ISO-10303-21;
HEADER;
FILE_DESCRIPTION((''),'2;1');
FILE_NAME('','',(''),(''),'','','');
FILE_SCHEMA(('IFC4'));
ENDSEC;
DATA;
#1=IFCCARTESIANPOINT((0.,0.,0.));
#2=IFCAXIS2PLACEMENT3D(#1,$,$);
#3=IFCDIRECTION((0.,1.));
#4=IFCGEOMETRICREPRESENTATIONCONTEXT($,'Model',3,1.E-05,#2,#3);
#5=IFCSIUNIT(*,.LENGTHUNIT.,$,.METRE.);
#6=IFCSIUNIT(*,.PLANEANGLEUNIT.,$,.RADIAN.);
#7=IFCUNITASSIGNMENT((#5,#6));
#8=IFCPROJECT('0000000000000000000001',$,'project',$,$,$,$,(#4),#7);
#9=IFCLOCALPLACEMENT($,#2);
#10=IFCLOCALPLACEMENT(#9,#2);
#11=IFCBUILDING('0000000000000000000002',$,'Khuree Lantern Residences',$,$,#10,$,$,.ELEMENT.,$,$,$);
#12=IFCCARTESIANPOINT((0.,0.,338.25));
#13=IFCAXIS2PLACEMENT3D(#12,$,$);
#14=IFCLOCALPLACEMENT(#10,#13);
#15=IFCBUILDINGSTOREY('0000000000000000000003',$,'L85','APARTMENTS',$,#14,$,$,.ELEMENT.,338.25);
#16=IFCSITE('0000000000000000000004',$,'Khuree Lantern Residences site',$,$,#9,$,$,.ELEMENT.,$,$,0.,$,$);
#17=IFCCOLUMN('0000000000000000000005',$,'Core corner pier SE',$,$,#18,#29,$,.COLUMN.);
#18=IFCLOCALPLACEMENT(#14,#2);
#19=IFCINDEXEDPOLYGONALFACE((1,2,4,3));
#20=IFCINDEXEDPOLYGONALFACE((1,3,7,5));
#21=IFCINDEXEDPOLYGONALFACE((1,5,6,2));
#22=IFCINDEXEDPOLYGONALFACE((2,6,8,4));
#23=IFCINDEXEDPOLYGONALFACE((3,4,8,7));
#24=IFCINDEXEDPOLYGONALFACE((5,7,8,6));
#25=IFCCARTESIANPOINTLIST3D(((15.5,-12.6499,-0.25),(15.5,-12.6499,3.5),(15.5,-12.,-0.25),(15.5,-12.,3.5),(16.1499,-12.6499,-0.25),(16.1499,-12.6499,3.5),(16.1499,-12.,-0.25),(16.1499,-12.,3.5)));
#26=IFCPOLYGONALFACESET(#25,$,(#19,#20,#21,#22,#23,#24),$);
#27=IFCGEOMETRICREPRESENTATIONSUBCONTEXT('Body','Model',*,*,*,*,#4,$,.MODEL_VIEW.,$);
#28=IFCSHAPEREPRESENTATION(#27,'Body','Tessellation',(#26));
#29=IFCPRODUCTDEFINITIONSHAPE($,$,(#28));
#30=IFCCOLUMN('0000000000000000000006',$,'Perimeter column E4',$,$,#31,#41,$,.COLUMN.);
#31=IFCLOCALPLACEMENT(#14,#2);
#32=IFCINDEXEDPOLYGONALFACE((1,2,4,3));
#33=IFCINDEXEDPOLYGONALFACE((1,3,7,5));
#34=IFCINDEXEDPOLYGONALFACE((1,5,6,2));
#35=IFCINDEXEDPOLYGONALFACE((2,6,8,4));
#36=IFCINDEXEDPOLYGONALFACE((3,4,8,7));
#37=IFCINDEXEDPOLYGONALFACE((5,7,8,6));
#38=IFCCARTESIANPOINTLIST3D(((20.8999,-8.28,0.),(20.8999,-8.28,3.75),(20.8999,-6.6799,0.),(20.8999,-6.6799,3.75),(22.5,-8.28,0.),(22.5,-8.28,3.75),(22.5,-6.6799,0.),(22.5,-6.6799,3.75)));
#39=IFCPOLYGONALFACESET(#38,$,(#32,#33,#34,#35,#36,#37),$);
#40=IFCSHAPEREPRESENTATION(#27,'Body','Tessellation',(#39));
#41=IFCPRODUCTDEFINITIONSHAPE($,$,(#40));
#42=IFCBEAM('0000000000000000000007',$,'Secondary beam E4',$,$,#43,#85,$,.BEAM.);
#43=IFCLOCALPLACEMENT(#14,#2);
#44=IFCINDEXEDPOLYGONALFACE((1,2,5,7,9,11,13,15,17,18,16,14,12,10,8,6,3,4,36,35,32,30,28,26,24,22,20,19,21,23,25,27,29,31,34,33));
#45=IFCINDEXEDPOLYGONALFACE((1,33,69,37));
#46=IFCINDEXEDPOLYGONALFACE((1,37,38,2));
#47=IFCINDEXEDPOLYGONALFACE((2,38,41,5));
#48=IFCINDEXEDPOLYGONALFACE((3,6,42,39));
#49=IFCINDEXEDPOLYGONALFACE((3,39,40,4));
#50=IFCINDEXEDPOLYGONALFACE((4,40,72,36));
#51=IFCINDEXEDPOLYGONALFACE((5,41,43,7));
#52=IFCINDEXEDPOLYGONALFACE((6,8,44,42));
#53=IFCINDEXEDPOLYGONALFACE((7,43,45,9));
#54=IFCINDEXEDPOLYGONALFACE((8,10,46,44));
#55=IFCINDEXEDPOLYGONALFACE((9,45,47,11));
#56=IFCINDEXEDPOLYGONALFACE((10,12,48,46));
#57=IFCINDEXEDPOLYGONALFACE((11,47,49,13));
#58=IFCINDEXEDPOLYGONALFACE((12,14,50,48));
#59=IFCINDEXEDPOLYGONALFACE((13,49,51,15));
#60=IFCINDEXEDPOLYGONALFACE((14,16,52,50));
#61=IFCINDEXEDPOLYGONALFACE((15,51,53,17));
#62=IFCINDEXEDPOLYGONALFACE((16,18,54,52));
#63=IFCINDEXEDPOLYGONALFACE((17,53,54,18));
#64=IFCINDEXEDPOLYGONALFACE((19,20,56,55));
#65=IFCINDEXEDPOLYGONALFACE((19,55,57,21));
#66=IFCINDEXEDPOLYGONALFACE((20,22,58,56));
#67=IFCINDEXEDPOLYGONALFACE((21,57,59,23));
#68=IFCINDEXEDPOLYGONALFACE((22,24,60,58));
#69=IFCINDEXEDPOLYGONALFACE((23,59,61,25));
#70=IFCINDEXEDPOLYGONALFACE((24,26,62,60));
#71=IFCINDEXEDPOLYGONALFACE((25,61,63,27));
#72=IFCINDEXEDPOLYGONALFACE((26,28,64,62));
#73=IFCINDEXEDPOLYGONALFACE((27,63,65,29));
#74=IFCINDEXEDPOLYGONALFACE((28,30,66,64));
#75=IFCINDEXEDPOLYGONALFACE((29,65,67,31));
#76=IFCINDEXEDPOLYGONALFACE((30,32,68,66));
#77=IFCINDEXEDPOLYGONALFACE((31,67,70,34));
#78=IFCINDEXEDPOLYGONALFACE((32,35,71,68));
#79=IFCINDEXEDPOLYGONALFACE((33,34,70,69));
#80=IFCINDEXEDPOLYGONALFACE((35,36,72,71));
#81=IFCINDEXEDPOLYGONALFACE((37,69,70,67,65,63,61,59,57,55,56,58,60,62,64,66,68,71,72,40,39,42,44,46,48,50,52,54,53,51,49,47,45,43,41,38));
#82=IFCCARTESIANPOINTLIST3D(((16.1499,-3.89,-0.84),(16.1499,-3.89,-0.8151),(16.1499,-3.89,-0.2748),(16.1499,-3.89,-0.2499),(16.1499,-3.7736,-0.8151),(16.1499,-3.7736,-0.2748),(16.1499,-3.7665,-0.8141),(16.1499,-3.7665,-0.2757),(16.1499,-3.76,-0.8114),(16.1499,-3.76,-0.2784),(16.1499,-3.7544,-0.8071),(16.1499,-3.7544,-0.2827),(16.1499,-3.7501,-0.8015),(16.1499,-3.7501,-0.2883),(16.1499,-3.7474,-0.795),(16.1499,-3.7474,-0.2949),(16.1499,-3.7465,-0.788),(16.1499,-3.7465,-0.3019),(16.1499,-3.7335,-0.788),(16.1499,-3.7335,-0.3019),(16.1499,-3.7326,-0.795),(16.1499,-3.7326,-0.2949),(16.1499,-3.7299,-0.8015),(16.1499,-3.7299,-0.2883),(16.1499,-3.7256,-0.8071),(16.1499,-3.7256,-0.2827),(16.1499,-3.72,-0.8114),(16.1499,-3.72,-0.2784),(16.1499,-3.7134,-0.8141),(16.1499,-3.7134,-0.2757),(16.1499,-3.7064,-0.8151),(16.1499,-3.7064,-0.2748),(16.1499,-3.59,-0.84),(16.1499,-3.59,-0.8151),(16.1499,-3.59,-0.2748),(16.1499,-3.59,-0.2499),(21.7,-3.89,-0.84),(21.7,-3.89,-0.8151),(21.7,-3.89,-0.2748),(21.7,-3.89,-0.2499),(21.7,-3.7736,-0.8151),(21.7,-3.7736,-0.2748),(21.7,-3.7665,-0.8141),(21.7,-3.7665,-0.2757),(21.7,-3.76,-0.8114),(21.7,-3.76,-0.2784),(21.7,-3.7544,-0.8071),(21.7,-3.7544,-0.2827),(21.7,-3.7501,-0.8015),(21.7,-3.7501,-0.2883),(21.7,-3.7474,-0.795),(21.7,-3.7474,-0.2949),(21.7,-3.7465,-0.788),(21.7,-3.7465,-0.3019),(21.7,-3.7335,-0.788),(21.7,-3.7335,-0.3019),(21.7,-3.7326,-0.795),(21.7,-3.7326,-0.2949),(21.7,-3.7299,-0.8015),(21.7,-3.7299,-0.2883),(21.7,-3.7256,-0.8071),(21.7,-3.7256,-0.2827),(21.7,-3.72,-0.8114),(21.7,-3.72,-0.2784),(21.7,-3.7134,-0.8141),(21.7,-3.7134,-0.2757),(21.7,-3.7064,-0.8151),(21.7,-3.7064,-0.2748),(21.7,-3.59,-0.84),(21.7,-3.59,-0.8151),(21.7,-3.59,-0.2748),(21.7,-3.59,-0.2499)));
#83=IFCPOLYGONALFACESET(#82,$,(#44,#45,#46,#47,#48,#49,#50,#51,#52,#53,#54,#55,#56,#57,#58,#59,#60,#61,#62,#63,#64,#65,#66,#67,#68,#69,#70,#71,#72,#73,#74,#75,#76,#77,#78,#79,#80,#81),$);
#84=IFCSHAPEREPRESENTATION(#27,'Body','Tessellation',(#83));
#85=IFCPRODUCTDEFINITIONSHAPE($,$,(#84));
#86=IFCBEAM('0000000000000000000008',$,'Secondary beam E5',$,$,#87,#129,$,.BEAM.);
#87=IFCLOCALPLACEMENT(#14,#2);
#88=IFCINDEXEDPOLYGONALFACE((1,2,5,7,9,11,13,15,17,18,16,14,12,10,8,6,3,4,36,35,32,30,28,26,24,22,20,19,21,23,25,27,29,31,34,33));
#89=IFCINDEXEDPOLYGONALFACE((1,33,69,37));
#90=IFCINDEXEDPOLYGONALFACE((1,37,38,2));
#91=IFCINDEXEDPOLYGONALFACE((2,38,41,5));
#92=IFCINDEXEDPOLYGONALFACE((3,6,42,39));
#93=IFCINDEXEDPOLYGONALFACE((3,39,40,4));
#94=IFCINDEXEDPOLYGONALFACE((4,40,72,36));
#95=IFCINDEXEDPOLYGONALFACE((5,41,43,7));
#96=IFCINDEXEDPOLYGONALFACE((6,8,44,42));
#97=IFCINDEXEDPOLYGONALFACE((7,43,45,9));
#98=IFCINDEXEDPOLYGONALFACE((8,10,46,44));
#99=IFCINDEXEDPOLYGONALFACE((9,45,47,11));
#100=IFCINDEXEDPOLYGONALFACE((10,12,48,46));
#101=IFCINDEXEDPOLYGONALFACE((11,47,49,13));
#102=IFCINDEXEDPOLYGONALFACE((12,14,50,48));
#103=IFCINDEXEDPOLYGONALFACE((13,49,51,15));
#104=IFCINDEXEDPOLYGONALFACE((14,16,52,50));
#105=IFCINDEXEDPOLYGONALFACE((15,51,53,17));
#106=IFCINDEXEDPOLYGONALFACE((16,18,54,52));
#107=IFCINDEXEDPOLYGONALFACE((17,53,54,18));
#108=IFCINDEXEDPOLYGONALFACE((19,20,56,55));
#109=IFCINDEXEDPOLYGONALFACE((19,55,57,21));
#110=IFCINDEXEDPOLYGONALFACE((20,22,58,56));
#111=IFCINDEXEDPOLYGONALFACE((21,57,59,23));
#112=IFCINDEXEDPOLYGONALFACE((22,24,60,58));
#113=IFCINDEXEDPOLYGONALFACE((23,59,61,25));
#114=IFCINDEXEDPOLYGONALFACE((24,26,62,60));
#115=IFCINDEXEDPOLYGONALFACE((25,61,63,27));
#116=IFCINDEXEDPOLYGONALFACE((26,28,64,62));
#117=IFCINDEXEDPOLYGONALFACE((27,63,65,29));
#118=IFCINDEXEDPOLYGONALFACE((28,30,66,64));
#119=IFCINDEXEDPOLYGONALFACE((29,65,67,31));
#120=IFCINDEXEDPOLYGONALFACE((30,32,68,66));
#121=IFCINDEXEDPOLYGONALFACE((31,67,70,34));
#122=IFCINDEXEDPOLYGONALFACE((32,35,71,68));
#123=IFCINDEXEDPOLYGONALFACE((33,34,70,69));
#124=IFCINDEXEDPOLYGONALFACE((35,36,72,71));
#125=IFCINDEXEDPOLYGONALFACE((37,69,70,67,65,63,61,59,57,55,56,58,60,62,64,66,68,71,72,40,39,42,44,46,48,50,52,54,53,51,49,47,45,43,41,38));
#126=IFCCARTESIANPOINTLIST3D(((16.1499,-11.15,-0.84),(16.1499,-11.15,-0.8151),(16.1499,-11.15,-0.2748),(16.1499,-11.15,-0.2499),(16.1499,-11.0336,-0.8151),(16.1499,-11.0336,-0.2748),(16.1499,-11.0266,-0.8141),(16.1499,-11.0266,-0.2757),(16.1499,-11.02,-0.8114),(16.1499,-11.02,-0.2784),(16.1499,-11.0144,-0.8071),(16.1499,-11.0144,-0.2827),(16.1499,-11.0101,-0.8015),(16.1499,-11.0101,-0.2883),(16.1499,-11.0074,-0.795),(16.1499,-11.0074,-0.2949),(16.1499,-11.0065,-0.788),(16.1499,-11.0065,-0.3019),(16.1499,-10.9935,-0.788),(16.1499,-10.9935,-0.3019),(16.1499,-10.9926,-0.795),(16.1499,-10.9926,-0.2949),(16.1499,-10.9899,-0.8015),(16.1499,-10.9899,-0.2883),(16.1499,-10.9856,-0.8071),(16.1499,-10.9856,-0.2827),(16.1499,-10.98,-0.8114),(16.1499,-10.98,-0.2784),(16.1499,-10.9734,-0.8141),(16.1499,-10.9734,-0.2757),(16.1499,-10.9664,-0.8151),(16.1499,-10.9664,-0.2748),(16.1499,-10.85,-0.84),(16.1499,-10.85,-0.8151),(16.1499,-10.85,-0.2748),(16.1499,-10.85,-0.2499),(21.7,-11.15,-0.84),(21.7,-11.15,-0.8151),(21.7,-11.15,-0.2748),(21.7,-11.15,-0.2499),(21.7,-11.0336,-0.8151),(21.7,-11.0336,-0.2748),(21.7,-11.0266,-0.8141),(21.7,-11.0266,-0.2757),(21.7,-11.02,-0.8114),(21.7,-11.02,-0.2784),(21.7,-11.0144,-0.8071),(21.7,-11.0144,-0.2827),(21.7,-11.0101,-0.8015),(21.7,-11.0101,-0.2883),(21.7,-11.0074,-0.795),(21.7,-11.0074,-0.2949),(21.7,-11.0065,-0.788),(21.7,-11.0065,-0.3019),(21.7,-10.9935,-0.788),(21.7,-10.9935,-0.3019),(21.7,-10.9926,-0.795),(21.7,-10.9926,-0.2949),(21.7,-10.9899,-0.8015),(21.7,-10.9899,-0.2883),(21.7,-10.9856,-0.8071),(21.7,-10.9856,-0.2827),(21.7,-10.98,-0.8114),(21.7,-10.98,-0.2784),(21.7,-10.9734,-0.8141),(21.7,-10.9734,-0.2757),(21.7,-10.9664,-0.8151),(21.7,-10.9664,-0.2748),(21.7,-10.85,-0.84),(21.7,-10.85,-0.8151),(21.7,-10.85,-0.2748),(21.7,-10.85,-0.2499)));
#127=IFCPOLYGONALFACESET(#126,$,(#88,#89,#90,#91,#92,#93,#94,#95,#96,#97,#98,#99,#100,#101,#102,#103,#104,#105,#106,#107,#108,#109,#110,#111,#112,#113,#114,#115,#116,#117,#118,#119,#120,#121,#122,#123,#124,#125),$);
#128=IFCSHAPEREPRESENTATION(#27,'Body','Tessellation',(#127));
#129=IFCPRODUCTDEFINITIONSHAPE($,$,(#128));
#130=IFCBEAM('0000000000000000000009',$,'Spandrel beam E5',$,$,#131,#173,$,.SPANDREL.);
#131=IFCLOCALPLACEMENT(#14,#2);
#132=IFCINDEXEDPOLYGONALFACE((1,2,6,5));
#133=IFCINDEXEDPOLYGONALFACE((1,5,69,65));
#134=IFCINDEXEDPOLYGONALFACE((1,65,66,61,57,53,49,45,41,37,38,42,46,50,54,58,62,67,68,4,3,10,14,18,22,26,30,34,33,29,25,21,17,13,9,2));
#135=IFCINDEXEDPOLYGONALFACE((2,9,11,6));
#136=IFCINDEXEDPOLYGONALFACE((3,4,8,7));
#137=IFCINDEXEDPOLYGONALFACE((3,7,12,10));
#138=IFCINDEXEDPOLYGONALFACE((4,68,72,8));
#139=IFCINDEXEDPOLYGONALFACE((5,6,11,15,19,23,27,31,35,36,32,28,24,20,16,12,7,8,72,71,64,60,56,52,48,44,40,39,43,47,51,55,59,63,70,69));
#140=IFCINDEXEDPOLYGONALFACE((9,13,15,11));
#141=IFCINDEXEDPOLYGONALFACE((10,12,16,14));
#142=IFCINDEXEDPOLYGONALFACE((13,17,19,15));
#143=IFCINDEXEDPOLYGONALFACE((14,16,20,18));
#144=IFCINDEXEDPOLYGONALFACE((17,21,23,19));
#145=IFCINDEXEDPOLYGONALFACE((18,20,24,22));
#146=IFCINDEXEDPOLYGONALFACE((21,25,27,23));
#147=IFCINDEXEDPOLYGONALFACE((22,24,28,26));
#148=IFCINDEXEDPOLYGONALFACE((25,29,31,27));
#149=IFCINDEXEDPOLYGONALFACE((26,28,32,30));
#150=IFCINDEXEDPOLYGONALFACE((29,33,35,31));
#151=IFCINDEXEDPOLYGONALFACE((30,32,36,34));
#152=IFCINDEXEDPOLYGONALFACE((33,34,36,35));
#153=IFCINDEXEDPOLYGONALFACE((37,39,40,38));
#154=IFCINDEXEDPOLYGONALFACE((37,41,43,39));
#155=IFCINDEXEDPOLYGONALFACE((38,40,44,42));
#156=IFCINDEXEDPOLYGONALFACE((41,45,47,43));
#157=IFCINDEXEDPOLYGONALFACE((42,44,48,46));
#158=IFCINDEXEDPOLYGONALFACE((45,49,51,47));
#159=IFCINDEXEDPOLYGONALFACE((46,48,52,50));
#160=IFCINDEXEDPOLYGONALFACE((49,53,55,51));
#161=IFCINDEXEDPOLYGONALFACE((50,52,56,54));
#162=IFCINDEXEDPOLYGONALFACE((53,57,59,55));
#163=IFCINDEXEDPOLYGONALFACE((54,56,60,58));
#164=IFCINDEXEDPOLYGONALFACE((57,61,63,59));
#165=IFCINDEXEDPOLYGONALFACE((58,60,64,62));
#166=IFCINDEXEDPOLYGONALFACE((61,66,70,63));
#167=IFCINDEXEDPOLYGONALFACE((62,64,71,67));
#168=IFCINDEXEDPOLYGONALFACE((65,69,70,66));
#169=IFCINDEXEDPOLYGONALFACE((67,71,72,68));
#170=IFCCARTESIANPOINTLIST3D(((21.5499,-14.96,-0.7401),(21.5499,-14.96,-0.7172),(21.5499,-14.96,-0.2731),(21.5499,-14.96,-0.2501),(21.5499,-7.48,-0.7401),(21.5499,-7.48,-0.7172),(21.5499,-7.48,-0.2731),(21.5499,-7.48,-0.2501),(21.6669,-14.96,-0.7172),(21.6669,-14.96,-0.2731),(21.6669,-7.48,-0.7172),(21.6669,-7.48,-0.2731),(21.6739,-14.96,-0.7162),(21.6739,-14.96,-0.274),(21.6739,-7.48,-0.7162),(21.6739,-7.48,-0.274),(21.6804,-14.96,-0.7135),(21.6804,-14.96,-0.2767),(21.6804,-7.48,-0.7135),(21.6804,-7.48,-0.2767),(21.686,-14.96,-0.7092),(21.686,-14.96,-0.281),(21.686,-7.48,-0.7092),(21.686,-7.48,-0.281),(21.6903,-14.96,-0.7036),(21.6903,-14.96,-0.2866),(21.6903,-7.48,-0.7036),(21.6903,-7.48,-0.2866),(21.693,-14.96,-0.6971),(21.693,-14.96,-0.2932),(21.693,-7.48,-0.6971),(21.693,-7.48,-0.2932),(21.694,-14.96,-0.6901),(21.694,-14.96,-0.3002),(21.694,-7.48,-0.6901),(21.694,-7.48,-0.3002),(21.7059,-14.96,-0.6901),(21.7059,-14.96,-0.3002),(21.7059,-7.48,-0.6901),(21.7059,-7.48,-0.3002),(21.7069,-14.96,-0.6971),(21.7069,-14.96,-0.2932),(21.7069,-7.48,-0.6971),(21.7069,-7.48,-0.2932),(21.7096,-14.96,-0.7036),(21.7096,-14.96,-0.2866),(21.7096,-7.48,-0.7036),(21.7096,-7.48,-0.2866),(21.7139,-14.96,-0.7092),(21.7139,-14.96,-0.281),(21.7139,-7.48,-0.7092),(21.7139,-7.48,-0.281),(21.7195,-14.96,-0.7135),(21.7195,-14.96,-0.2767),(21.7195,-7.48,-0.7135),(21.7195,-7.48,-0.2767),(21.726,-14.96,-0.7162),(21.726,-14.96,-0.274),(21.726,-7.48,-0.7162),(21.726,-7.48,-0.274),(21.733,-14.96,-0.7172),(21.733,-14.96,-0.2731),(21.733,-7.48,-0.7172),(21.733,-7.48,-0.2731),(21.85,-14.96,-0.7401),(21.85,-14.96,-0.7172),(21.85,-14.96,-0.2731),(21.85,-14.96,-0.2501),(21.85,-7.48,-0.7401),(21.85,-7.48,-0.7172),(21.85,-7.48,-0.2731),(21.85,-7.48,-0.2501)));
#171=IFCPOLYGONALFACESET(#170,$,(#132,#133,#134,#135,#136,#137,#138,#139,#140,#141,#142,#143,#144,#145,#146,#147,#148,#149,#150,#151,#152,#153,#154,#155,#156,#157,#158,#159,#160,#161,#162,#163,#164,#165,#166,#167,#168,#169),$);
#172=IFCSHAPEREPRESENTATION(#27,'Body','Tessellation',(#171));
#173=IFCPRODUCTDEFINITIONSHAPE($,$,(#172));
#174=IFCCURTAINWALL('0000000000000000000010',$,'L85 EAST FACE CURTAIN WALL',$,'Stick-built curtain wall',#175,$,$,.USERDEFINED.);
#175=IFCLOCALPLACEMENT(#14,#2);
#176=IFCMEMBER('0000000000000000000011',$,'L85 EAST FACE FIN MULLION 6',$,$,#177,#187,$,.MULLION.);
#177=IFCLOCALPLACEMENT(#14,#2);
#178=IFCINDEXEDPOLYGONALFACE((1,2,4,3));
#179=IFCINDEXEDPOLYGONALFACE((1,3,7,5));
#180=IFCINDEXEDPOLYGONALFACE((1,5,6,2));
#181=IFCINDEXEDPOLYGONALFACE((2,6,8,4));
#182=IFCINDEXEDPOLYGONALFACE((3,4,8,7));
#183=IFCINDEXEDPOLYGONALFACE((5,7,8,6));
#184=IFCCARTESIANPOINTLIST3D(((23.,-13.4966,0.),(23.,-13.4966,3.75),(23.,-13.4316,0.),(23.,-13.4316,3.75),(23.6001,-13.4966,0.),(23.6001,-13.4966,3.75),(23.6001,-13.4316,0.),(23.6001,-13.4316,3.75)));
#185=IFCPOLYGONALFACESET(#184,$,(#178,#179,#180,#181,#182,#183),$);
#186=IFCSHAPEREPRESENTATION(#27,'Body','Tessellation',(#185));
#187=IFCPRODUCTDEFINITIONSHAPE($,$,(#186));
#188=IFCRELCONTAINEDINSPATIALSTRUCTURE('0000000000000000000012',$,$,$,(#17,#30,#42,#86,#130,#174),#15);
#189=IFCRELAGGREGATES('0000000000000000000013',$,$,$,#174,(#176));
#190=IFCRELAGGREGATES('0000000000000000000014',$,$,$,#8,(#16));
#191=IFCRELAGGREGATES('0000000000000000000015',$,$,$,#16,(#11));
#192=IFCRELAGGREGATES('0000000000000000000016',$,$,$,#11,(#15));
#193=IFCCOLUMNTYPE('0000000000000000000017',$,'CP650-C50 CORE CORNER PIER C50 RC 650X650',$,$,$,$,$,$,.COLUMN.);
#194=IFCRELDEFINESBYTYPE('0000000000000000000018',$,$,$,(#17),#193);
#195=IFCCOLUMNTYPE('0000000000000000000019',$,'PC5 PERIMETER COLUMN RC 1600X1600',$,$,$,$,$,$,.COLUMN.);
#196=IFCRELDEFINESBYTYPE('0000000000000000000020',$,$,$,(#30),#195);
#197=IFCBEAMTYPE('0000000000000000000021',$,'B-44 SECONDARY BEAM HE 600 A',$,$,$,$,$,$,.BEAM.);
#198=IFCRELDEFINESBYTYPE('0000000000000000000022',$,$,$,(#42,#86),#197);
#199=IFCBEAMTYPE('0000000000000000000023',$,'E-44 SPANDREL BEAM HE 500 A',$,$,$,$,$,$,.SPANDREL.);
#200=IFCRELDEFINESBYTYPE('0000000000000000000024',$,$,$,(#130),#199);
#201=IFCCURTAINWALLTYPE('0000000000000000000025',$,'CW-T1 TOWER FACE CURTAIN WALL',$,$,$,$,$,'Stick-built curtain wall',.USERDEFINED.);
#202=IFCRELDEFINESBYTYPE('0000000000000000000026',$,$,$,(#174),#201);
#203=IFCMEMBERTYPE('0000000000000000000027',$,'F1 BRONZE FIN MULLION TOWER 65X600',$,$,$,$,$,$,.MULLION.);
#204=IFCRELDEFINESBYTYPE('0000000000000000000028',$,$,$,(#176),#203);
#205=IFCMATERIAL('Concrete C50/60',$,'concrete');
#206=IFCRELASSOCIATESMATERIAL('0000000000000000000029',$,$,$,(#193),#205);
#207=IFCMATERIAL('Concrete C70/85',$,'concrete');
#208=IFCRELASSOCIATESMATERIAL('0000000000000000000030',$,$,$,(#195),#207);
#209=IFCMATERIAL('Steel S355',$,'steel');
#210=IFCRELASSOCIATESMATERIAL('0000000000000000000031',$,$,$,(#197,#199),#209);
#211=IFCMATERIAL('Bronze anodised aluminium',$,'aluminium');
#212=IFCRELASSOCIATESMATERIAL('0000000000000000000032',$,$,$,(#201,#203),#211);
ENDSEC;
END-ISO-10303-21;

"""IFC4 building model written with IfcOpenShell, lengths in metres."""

from ifc_helpers import new_model, si_unit, direction, frame, origin, origin_2d, place, context, subcontext, project, spatial, rectangle, i_section, extrude, material, material_profile, profile_set, type_object, element, aggregate, save


model = new_model("IFC4")

# Units and contexts
model_context = context("Model", 3, precision=1e-05, world=origin(), true_north=direction((0.0, 1.0)))
body_context = subcontext(model_context, "Body", "Model", "MODEL_VIEW")
ifc_project = project(units=[si_unit("LENGTHUNIT", "METRE"), si_unit("PLANEANGLEUNIT", "RADIAN")], contexts=[model_context])

# Site, building, storey
site_placement = place(None, origin())
site = spatial("IfcSite", under=ifc_project, at=site_placement, Name="Khuree Lantern Residences site", CompositionType="ELEMENT", RefElevation=0.0)
building_placement = place(site_placement, origin())
building = spatial("IfcBuilding", under=site, at=building_placement, Name="Khuree Lantern Residences", CompositionType="ELEMENT")
storey_placement = place(building_placement, frame((0.0, 0.0, 338.25)))
storey = spatial("IfcBuildingStorey", under=building, at=storey_placement, Name="L85", Description="APARTMENTS", CompositionType="ELEMENT", Elevation=338.25)

# Columns
ifc_material_1 = material(Name="Concrete C50/60", Category="concrete")
ifc_material_profile_1 = material_profile(ifc_material_1, rectangle(XDim=0.6499, YDim=0.6499, at=origin_2d()), Name="RC 650X650")
ifc_profile_set_1 = profile_set([ifc_material_profile_1], Name="Concrete C50/60")
column_type_1 = type_object("IfcColumnType", Name="CP650-C50 CORE CORNER PIER C50 RC 650X650", PredefinedType="COLUMN", material=ifc_profile_set_1)
column_1_placement = place(storey_placement, frame((15.825, -12.325, -0.25), z_axis=(0.0, 0.0, 1.0), x_axis=(1.0, 0.0, 0.0)))
element("IfcColumn", 1, at=column_1_placement, inside=storey, type_object=column_type_1, Name="Core corner pier SE", PredefinedType="COLUMN", context=body_context, shape_type="SweptSolid", body=[
    extrude(rectangle(XDim=0.6499, YDim=0.6499, at=origin_2d()), origin(), (0.0, 0.0, 1.0), 3.75),
])
ifc_material_2 = material(Name="Concrete C70/85", Category="concrete")
ifc_material_profile_2 = material_profile(ifc_material_2, rectangle(XDim=1.6001, YDim=1.6001, at=origin_2d()), Name="RC 1600X1600")
ifc_profile_set_2 = profile_set([ifc_material_profile_2], Name="Concrete C70/85")
column_type_2 = type_object("IfcColumnType", Name="PC5 PERIMETER COLUMN RC 1600X1600", PredefinedType="COLUMN", material=ifc_profile_set_2)
column_2_placement = place(storey_placement, frame((21.7, -7.48, 0.0), z_axis=(0.0, 0.0, 1.0), x_axis=(0.0, 1.0, 0.0)))
element("IfcColumn", 2, at=column_2_placement, inside=storey, type_object=column_type_2, Name="Perimeter column E4", PredefinedType="COLUMN", context=body_context, shape_type="SweptSolid", body=[
    extrude(rectangle(XDim=1.6001, YDim=1.6001, at=origin_2d()), origin(), (0.0, 0.0, 1.0), 3.75),
])

# Beams
ifc_material_3 = material(Name="Steel S355", Category="steel")
ifc_material_profile_3 = material_profile(ifc_material_3, i_section(OverallWidth=0.3, OverallDepth=0.5901, WebThickness=0.0129, FlangeThickness=0.0249, FilletRadius=0.0271, at=origin_2d()), Name="HE 600 A")
ifc_profile_set_3 = profile_set([ifc_material_profile_3], Name="Steel S355")
beam_type_1 = type_object("IfcBeamType", Name="B-44 SECONDARY BEAM HE 600 A", PredefinedType="BEAM", material=ifc_profile_set_3)
for number, where, z_axis, x_axis, name in (
    (3, (21.7, -3.74, -0.5449), (-1.0, 0.0, 0.0), (0.0, -1.0, 0.0), "Secondary beam E4"),
    (4, (21.7, -11.0, -0.5449), (-1.0, 0.0, 0.0), (0.0, -1.0, 0.0), "Secondary beam E5"),
):
    element("IfcBeam", number, at=place(storey_placement, frame(where, z_axis=z_axis, x_axis=x_axis)), inside=storey, type_object=beam_type_1, Name=name, PredefinedType="BEAM", context=body_context, shape_type="SweptSolid", body=[
        extrude(i_section(OverallWidth=0.3, OverallDepth=0.5901, WebThickness=0.0129, FlangeThickness=0.0249, FilletRadius=0.0271, at=origin_2d()), origin(), (0.0, 0.0, 1.0), 5.55),
    ])
ifc_material_profile_4 = material_profile(ifc_material_3, i_section(OverallWidth=0.3, OverallDepth=0.49, WebThickness=0.012, FlangeThickness=0.0229, FilletRadius=0.0271, at=origin_2d()), Name="HE 500 A")
ifc_profile_set_4 = profile_set([ifc_material_profile_4], Name="Steel S355")
beam_type_2 = type_object("IfcBeamType", Name="E-44 SPANDREL BEAM HE 500 A", PredefinedType="SPANDREL", material=ifc_profile_set_4)
beam_1_placement = place(storey_placement, frame((21.7, -7.48, -0.4951), z_axis=(0.0, -1.0, 0.0), x_axis=(1.0, 0.0, 0.0)))
element("IfcBeam", 5, at=beam_1_placement, inside=storey, type_object=beam_type_2, Name="Spandrel beam E5", PredefinedType="SPANDREL", context=body_context, shape_type="SweptSolid", body=[
    extrude(i_section(OverallWidth=0.3, OverallDepth=0.49, WebThickness=0.012, FlangeThickness=0.0229, FilletRadius=0.0271, at=origin_2d()), origin(), (0.0, 0.0, 1.0), 7.48),
])

# Curtain wall, member
ifc_material_4 = material(Name="Bronze anodised aluminium", Category="aluminium")
curtain_wall_type = type_object("IfcCurtainWallType", Name="CW-T1 TOWER FACE CURTAIN WALL", ElementType="Stick-built curtain wall", PredefinedType="USERDEFINED", material=ifc_material_4)
curtain_wall_placement = place(storey_placement, origin())
curtain_wall = element("IfcCurtainWall", 6, at=curtain_wall_placement, inside=storey, type_object=curtain_wall_type, Name="L85 EAST FACE CURTAIN WALL", ObjectType="Stick-built curtain wall", PredefinedType="USERDEFINED")
ifc_material_profile_5 = material_profile(ifc_material_4, rectangle(XDim=0.0649, YDim=0.6001, at=origin_2d()), Name="F1 65X600")
ifc_profile_set_5 = profile_set([ifc_material_profile_5], Name="Bronze anodised aluminium")
member_type_1 = type_object("IfcMemberType", Name="F1 BRONZE FIN MULLION TOWER 65X600", PredefinedType="MULLION", material=ifc_profile_set_5)
member_1_placement = place(storey_placement, frame((23.3, -13.4641, 0.0), z_axis=(0.0, 0.0, 1.0), x_axis=(0.0, 1.0, 0.0)))
member_1 = element("IfcMember", 7, at=member_1_placement, type_object=member_type_1, Name="L85 EAST FACE FIN MULLION 6", PredefinedType="MULLION", context=body_context, shape_type="SweptSolid", body=[
    extrude(rectangle(XDim=0.0649, YDim=0.6001, at=origin_2d()), origin(), (0.0, 0.0, 1.0), 3.75),
])

aggregate(curtain_wall, [member_1])

save(model, "model.ifc")
